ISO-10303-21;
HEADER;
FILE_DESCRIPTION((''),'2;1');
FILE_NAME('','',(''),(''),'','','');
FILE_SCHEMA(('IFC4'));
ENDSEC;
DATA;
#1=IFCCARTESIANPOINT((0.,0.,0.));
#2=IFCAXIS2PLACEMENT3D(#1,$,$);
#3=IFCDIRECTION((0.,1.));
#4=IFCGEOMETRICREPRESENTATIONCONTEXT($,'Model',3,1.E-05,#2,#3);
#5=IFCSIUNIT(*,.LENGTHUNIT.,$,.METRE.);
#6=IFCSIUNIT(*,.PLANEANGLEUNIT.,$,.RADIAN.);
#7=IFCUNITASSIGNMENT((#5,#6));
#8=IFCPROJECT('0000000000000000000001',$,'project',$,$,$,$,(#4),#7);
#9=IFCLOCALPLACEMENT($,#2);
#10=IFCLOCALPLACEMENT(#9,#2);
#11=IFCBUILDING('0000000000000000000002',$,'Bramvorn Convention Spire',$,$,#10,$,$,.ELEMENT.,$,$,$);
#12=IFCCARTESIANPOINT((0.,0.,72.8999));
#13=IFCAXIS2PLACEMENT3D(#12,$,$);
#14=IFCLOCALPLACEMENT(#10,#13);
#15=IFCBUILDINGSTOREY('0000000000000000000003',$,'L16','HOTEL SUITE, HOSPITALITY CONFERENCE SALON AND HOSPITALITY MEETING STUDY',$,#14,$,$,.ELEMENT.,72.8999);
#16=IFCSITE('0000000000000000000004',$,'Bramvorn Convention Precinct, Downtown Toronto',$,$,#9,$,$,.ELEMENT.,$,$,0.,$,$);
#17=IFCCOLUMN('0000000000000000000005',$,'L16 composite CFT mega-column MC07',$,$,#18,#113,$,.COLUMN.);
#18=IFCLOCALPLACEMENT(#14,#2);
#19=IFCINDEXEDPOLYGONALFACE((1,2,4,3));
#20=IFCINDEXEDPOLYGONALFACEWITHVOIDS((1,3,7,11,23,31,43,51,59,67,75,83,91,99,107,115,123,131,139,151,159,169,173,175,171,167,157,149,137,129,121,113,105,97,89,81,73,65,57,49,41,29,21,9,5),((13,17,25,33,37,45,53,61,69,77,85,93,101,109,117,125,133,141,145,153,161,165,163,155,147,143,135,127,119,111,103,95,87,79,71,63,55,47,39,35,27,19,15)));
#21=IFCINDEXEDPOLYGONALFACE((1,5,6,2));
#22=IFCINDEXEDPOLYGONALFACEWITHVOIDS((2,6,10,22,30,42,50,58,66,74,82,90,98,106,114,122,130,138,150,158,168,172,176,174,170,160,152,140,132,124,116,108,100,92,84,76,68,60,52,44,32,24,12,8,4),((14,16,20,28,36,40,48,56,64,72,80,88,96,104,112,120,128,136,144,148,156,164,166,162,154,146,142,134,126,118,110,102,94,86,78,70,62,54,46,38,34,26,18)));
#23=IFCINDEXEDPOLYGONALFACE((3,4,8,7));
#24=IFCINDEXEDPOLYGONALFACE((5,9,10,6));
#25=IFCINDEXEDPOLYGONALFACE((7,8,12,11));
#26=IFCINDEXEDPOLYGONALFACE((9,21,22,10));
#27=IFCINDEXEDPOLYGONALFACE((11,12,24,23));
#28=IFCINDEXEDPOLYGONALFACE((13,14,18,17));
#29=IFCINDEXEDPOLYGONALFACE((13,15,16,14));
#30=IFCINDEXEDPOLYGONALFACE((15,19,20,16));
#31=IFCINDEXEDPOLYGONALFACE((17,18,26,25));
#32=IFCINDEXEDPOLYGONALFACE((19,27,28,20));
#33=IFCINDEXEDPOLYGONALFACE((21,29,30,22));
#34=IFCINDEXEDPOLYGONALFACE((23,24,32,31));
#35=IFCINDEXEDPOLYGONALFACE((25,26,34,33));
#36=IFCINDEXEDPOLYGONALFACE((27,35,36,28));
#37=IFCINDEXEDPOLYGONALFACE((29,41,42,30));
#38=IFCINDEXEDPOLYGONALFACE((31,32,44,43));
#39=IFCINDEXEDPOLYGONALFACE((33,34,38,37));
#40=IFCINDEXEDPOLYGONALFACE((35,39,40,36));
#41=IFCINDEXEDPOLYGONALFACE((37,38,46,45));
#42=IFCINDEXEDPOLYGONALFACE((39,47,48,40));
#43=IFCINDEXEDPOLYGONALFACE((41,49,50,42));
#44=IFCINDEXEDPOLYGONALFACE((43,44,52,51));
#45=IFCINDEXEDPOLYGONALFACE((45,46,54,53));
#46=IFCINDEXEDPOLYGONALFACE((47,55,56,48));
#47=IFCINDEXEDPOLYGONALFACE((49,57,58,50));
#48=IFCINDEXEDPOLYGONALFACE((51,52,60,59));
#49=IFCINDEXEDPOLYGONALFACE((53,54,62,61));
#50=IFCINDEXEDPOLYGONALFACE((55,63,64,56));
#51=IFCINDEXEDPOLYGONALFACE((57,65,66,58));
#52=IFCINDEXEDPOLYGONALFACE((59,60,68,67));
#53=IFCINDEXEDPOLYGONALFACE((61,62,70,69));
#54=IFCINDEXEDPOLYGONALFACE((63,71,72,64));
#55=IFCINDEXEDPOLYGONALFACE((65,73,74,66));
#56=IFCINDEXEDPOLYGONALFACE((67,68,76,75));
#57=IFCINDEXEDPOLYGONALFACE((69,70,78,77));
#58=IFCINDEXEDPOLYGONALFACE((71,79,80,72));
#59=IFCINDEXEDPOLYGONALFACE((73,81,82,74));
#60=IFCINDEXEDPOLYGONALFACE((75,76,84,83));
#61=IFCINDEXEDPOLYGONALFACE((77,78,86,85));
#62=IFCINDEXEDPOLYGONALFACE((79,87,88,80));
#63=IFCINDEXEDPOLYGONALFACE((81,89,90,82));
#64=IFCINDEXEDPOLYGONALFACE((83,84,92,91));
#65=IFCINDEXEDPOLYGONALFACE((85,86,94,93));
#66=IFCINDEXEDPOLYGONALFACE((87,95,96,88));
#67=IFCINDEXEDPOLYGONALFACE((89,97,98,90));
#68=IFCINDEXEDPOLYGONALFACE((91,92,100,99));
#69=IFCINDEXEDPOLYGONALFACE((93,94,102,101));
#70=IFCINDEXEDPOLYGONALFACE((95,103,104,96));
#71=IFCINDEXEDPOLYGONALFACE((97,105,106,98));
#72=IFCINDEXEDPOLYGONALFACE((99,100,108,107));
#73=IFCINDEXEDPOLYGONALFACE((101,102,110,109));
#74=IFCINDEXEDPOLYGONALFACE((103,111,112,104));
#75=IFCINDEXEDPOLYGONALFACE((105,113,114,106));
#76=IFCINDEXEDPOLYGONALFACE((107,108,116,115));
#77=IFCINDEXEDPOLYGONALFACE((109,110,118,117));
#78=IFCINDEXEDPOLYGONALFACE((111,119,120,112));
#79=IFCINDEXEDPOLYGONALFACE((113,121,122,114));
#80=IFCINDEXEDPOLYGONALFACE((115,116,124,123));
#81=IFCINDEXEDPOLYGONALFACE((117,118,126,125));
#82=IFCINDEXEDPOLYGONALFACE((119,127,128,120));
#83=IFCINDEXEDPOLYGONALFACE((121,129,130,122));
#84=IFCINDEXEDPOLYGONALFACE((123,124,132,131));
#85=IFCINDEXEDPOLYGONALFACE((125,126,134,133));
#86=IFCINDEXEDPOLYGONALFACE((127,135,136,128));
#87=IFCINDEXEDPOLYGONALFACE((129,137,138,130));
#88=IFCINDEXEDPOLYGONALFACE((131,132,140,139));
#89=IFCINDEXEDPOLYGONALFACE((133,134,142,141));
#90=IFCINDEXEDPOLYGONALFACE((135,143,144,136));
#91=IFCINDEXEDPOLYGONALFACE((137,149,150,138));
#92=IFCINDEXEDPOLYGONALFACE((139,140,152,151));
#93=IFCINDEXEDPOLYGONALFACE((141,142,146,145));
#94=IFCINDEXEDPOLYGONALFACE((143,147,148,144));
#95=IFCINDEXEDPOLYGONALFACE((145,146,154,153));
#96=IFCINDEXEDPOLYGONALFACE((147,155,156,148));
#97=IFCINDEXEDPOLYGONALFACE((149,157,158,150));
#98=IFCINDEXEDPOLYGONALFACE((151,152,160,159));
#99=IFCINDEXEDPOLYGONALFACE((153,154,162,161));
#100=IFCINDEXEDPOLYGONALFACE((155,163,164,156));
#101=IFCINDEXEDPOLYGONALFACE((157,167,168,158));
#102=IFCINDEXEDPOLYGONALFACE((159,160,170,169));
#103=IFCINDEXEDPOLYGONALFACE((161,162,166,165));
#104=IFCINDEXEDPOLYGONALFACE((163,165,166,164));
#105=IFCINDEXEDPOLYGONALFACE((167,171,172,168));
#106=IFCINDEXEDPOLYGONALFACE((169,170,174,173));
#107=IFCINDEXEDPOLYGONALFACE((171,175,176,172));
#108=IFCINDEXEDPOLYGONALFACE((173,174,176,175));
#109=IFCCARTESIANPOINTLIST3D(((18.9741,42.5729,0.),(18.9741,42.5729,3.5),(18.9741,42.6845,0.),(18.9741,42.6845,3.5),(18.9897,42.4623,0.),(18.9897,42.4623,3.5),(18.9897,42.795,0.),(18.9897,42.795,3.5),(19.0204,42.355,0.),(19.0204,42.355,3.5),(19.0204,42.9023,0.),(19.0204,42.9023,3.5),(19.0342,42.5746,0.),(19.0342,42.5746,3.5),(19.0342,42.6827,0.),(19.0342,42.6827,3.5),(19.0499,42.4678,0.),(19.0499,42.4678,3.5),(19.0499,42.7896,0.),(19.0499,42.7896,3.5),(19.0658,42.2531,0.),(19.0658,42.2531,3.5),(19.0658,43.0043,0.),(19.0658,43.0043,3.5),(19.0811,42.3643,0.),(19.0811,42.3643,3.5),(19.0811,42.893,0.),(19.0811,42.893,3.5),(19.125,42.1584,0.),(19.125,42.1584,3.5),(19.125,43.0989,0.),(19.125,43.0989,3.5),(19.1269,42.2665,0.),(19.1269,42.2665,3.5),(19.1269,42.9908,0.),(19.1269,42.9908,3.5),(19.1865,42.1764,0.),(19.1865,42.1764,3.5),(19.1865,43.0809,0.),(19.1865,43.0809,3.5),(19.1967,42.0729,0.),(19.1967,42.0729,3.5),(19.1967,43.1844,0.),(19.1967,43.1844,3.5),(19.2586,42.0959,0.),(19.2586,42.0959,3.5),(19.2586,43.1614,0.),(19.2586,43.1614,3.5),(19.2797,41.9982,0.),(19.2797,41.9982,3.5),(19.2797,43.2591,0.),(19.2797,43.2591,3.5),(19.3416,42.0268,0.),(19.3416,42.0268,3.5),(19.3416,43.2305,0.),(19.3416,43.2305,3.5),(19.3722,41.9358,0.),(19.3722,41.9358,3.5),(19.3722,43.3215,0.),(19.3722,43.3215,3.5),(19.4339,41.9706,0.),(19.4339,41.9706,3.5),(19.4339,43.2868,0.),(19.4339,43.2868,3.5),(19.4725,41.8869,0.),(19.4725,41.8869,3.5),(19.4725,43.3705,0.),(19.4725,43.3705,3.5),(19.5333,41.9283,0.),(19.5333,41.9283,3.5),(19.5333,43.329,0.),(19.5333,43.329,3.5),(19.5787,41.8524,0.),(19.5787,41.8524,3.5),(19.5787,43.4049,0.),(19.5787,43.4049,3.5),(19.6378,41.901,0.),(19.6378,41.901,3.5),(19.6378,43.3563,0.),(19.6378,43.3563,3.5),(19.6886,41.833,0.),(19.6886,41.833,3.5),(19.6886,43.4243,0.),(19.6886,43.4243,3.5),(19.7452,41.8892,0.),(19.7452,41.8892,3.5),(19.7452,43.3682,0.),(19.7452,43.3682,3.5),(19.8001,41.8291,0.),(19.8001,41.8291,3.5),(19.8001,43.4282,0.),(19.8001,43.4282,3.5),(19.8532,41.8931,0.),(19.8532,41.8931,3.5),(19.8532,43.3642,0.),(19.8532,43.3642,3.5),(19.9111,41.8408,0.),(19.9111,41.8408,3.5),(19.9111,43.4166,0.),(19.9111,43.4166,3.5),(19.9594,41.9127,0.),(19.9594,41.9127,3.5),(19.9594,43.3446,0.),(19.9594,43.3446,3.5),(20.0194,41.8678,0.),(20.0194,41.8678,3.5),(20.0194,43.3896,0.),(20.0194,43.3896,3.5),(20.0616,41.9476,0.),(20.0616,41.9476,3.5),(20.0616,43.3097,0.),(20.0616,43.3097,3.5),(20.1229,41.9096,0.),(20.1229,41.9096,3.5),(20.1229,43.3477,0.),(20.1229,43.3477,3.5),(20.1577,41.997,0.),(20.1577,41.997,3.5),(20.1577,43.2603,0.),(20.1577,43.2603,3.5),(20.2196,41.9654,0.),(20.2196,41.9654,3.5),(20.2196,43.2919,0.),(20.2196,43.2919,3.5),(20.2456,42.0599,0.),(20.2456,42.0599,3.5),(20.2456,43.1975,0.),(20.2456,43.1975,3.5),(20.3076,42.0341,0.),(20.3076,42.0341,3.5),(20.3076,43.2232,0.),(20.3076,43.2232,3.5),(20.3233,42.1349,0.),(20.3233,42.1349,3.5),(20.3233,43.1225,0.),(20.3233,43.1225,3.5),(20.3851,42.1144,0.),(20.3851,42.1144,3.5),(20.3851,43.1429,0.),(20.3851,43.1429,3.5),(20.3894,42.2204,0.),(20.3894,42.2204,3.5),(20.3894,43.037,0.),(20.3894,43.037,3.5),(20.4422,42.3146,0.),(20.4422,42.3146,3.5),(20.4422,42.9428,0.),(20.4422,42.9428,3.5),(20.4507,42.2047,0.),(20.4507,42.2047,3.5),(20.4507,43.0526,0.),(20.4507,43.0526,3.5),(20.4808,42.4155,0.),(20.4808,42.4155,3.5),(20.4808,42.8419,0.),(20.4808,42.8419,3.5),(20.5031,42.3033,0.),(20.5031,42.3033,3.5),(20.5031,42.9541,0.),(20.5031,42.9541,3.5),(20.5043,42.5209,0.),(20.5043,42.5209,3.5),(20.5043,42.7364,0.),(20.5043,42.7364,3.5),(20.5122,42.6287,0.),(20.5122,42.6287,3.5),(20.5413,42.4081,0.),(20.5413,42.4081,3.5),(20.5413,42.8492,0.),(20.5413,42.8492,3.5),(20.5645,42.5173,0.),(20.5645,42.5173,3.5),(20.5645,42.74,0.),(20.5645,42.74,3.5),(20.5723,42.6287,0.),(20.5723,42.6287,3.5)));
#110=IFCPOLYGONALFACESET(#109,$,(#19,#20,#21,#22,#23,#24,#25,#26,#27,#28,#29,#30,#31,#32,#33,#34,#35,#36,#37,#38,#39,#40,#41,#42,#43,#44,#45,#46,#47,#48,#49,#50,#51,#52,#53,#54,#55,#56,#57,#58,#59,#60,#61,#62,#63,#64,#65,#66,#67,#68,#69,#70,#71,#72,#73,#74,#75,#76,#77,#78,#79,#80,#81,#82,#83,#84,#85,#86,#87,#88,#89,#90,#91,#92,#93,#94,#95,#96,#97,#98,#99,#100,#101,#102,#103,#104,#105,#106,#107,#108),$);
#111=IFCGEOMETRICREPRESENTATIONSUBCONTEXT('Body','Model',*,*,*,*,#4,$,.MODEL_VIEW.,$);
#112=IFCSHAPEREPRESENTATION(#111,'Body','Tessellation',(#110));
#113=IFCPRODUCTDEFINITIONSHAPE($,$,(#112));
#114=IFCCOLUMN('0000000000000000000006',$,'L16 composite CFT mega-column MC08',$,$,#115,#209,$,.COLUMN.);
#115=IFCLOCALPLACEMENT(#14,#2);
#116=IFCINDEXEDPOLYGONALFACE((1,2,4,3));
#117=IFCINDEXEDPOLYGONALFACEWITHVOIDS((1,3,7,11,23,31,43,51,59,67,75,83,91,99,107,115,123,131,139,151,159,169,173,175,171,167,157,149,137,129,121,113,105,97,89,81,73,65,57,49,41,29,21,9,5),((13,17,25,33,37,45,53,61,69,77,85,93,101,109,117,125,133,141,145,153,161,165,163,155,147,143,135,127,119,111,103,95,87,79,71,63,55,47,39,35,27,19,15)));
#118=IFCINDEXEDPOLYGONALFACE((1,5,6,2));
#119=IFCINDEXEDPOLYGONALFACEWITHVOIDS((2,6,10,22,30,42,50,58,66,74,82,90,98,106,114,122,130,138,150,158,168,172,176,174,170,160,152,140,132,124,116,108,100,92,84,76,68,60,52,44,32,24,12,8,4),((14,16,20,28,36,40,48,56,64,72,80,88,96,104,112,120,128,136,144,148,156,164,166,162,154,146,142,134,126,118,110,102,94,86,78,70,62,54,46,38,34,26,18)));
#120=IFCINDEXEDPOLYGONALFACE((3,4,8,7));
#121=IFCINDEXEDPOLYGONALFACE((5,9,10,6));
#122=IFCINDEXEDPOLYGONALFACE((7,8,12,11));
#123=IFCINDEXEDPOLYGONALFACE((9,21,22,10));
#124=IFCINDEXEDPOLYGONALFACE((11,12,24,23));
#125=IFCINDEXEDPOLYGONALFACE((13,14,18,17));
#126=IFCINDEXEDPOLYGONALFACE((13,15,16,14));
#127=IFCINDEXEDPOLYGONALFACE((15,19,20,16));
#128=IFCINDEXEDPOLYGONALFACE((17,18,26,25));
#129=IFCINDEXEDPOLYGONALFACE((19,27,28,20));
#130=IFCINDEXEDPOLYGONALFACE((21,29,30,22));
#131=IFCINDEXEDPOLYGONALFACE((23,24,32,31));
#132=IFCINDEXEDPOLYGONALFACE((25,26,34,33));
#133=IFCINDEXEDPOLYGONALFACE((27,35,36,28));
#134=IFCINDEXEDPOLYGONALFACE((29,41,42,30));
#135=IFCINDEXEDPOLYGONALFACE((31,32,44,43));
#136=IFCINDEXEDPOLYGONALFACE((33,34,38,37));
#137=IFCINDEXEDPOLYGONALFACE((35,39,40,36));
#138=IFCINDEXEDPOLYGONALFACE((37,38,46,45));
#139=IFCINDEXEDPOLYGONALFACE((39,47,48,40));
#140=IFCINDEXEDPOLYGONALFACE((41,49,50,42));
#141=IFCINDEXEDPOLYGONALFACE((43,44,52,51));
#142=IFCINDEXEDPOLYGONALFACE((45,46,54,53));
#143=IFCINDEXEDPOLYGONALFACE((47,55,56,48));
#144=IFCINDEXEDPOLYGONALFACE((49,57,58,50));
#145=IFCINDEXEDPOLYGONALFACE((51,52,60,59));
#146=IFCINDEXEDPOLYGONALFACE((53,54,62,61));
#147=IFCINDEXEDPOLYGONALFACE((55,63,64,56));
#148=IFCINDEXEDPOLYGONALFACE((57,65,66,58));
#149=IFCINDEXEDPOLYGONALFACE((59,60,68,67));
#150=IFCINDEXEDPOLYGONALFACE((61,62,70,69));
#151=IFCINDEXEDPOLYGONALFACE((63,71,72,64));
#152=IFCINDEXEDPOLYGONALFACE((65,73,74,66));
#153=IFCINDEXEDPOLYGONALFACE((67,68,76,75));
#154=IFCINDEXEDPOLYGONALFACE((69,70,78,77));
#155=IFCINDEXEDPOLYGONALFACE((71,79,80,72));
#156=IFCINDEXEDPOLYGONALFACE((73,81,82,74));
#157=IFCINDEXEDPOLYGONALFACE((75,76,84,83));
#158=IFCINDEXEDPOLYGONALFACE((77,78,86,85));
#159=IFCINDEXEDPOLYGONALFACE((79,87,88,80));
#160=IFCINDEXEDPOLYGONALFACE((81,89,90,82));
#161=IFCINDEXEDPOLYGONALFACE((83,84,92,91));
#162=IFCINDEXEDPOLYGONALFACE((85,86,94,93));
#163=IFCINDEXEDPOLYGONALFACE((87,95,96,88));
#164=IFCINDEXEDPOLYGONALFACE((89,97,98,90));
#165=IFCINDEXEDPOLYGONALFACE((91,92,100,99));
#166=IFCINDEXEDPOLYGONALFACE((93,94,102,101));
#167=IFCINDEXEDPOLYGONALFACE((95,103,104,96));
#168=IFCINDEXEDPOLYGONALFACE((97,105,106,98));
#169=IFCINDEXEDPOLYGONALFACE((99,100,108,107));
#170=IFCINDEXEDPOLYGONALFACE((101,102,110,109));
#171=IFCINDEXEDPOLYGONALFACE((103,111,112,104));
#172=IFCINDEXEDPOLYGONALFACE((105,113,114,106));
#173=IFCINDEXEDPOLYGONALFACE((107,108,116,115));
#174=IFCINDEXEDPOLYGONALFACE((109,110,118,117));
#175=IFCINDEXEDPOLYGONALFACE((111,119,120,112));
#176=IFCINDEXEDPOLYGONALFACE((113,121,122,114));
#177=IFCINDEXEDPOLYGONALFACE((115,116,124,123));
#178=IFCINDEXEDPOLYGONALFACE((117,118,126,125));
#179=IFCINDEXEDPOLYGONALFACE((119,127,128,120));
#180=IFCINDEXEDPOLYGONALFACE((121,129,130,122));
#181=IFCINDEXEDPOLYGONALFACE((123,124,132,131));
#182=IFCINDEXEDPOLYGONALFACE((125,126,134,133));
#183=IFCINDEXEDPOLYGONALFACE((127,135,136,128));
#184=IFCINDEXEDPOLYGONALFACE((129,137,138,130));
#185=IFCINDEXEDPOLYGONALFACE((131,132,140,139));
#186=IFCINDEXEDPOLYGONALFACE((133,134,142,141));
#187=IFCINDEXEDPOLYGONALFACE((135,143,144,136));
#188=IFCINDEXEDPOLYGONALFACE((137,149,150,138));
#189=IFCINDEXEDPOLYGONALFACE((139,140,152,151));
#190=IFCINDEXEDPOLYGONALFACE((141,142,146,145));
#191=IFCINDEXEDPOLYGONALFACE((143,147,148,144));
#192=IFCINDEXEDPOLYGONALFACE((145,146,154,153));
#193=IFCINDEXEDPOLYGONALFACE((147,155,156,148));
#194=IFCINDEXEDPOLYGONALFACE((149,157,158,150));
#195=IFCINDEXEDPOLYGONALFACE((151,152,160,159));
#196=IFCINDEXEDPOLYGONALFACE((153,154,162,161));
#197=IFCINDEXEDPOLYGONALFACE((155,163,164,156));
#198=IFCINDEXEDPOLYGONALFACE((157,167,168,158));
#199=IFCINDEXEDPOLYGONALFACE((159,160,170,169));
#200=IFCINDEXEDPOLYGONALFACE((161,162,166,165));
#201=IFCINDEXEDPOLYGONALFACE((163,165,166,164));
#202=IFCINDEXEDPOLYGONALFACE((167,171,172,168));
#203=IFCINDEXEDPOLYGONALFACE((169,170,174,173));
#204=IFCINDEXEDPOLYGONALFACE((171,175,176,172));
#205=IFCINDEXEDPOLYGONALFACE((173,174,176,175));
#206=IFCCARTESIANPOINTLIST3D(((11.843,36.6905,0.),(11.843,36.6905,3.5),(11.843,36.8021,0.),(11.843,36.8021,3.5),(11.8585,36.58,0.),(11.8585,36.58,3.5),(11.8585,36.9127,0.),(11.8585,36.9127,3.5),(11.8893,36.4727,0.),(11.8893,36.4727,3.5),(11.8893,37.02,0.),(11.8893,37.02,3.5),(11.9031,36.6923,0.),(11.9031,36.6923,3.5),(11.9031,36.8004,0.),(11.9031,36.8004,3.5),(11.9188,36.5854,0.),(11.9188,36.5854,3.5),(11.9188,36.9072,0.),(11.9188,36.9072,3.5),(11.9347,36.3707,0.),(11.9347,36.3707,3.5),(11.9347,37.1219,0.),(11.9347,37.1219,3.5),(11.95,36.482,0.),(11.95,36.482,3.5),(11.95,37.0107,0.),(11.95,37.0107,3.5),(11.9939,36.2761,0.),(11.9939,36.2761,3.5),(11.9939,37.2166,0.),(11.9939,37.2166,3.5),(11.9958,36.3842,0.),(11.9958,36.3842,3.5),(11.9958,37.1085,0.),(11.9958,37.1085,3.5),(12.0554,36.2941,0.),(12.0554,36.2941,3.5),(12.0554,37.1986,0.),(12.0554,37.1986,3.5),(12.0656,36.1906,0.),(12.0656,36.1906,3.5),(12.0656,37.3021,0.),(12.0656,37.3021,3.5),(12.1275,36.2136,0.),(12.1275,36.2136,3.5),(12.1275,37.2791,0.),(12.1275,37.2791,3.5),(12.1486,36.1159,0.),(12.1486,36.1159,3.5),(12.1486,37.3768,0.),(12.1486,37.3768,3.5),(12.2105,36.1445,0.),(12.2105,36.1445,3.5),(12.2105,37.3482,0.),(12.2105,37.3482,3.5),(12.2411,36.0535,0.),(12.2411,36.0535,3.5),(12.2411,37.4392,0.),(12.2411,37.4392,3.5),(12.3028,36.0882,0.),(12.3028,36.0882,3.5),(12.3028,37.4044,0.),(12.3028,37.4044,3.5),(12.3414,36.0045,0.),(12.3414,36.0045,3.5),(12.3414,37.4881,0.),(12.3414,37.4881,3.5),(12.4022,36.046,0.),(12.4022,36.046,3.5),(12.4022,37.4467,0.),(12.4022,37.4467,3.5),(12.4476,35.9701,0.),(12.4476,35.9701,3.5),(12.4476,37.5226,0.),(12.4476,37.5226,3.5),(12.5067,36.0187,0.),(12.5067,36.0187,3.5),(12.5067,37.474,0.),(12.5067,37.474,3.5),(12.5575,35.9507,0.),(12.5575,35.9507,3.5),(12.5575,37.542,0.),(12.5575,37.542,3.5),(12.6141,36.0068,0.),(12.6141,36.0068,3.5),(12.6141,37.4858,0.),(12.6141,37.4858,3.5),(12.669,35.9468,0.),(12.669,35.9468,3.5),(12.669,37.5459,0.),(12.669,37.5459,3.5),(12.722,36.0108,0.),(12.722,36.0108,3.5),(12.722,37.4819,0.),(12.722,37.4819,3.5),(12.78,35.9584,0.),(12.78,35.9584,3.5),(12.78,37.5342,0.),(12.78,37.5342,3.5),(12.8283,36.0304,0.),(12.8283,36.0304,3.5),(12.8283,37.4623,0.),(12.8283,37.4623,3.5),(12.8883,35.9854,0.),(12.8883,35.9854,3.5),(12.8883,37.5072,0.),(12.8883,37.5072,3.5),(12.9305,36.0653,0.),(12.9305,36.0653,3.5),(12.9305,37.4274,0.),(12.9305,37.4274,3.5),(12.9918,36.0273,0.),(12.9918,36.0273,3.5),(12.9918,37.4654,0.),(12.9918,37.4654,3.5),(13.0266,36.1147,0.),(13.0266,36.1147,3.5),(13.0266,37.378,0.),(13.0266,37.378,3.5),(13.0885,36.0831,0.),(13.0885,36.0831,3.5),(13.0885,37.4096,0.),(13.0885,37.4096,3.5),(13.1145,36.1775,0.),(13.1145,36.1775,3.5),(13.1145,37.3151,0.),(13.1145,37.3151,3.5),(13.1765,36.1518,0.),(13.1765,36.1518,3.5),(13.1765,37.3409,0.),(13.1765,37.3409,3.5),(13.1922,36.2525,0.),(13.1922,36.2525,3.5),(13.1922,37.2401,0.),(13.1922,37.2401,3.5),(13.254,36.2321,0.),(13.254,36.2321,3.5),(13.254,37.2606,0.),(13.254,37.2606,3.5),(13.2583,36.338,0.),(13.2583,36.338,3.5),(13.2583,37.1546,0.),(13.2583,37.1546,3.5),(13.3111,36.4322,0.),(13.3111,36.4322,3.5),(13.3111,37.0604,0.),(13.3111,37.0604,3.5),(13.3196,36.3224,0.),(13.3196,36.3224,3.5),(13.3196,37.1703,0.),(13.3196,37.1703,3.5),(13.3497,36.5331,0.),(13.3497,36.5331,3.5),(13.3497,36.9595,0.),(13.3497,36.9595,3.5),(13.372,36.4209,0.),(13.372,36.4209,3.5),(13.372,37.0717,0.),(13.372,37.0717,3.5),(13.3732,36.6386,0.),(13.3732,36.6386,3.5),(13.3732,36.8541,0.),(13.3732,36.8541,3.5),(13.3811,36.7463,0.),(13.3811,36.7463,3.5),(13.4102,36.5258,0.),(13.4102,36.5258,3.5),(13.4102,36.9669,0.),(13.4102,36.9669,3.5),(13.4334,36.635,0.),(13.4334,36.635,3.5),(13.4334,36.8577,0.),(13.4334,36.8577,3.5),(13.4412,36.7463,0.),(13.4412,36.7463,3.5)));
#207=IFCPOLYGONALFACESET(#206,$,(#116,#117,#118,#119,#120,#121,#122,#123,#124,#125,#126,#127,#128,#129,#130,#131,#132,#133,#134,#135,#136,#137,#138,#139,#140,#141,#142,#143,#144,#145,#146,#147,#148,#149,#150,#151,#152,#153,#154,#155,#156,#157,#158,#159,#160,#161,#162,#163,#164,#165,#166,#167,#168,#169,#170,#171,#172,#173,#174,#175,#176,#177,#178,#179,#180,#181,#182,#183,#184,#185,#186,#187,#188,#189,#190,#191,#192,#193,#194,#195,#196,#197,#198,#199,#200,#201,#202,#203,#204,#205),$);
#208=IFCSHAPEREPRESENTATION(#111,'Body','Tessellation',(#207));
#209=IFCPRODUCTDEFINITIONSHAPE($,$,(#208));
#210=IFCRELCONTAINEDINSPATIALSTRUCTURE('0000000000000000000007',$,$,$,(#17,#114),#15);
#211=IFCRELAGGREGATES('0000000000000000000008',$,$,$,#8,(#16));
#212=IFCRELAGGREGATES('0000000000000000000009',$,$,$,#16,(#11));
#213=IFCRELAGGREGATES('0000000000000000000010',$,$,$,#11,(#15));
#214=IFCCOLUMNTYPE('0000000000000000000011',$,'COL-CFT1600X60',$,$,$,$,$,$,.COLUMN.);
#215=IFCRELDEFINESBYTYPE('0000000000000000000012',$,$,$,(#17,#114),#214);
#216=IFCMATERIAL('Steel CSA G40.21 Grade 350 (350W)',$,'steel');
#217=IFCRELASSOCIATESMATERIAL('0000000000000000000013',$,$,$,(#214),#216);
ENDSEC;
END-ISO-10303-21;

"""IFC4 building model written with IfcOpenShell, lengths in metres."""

from ifc_helpers import new_model, si_unit, direction, frame, origin, origin_2d, place, context, subcontext, project, spatial, hollow_circle, extrude, material, material_profile, profile_set, type_object, element, save


model = new_model("IFC4")

# Units and contexts
model_context = context("Model", 3, precision=1e-05, world=origin(), true_north=direction((0.0, 1.0)))
body_context = subcontext(model_context, "Body", "Model", "MODEL_VIEW")
ifc_project = project(units=[si_unit("LENGTHUNIT", "METRE"), si_unit("PLANEANGLEUNIT", "RADIAN")], contexts=[model_context])

# Site, building, storey
site_placement = place(None, origin())
site = spatial("IfcSite", under=ifc_project, at=site_placement, Name="Bramvorn Convention Precinct, Downtown Toronto", CompositionType="ELEMENT", RefElevation=0.0)
building_placement = place(site_placement, origin())
building = spatial("IfcBuilding", under=site, at=building_placement, Name="Bramvorn Convention Spire", CompositionType="ELEMENT")
storey_placement = place(building_placement, frame((0.0, 0.0, 72.8999)))
storey = spatial("IfcBuildingStorey", under=building, at=storey_placement, Name="L16", Description="HOTEL SUITE, HOSPITALITY CONFERENCE SALON AND HOSPITALITY MEETING STUDY", CompositionType="ELEMENT", Elevation=72.8999)

# Columns
ifc_material_1 = material(Name="Steel CSA G40.21 Grade 350 (350W)", Category="steel")
ifc_material_profile_1 = material_profile(ifc_material_1, hollow_circle(Radius=0.8, WallThickness=0.0601, at=origin_2d()))
ifc_profile_set_1 = profile_set([ifc_material_profile_1], Name="Steel CSA G40.21 Grade 350 (350W) - CFT1600X60")
column_type = type_object("IfcColumnType", Name="COL-CFT1600X60", PredefinedType="COLUMN", material=ifc_profile_set_1)
for number, where, z_axis, x_axis, name in (
    (1, (19.7722, 42.6287, 0.0), (0.0, 0.0, 1.0), (1.0, 0.0, 0.0), "L16 composite CFT mega-column MC07"),
    (2, (12.6411, 36.7463, 0.0), (0.0, 0.0, 1.0), (1.0, 0.0, 0.0), "L16 composite CFT mega-column MC08"),
):
    element("IfcColumn", number, at=place(storey_placement, frame(where, z_axis=z_axis, x_axis=x_axis)), inside=storey, type_object=column_type, Name=name, PredefinedType="COLUMN", context=body_context, shape_type="SweptSolid", body=[
        extrude(hollow_circle(Radius=0.8, WallThickness=0.0601, at=origin_2d()), origin(), (0.0, 0.0, 1.0), 3.5),
    ])

save(model, "model.ifc")
